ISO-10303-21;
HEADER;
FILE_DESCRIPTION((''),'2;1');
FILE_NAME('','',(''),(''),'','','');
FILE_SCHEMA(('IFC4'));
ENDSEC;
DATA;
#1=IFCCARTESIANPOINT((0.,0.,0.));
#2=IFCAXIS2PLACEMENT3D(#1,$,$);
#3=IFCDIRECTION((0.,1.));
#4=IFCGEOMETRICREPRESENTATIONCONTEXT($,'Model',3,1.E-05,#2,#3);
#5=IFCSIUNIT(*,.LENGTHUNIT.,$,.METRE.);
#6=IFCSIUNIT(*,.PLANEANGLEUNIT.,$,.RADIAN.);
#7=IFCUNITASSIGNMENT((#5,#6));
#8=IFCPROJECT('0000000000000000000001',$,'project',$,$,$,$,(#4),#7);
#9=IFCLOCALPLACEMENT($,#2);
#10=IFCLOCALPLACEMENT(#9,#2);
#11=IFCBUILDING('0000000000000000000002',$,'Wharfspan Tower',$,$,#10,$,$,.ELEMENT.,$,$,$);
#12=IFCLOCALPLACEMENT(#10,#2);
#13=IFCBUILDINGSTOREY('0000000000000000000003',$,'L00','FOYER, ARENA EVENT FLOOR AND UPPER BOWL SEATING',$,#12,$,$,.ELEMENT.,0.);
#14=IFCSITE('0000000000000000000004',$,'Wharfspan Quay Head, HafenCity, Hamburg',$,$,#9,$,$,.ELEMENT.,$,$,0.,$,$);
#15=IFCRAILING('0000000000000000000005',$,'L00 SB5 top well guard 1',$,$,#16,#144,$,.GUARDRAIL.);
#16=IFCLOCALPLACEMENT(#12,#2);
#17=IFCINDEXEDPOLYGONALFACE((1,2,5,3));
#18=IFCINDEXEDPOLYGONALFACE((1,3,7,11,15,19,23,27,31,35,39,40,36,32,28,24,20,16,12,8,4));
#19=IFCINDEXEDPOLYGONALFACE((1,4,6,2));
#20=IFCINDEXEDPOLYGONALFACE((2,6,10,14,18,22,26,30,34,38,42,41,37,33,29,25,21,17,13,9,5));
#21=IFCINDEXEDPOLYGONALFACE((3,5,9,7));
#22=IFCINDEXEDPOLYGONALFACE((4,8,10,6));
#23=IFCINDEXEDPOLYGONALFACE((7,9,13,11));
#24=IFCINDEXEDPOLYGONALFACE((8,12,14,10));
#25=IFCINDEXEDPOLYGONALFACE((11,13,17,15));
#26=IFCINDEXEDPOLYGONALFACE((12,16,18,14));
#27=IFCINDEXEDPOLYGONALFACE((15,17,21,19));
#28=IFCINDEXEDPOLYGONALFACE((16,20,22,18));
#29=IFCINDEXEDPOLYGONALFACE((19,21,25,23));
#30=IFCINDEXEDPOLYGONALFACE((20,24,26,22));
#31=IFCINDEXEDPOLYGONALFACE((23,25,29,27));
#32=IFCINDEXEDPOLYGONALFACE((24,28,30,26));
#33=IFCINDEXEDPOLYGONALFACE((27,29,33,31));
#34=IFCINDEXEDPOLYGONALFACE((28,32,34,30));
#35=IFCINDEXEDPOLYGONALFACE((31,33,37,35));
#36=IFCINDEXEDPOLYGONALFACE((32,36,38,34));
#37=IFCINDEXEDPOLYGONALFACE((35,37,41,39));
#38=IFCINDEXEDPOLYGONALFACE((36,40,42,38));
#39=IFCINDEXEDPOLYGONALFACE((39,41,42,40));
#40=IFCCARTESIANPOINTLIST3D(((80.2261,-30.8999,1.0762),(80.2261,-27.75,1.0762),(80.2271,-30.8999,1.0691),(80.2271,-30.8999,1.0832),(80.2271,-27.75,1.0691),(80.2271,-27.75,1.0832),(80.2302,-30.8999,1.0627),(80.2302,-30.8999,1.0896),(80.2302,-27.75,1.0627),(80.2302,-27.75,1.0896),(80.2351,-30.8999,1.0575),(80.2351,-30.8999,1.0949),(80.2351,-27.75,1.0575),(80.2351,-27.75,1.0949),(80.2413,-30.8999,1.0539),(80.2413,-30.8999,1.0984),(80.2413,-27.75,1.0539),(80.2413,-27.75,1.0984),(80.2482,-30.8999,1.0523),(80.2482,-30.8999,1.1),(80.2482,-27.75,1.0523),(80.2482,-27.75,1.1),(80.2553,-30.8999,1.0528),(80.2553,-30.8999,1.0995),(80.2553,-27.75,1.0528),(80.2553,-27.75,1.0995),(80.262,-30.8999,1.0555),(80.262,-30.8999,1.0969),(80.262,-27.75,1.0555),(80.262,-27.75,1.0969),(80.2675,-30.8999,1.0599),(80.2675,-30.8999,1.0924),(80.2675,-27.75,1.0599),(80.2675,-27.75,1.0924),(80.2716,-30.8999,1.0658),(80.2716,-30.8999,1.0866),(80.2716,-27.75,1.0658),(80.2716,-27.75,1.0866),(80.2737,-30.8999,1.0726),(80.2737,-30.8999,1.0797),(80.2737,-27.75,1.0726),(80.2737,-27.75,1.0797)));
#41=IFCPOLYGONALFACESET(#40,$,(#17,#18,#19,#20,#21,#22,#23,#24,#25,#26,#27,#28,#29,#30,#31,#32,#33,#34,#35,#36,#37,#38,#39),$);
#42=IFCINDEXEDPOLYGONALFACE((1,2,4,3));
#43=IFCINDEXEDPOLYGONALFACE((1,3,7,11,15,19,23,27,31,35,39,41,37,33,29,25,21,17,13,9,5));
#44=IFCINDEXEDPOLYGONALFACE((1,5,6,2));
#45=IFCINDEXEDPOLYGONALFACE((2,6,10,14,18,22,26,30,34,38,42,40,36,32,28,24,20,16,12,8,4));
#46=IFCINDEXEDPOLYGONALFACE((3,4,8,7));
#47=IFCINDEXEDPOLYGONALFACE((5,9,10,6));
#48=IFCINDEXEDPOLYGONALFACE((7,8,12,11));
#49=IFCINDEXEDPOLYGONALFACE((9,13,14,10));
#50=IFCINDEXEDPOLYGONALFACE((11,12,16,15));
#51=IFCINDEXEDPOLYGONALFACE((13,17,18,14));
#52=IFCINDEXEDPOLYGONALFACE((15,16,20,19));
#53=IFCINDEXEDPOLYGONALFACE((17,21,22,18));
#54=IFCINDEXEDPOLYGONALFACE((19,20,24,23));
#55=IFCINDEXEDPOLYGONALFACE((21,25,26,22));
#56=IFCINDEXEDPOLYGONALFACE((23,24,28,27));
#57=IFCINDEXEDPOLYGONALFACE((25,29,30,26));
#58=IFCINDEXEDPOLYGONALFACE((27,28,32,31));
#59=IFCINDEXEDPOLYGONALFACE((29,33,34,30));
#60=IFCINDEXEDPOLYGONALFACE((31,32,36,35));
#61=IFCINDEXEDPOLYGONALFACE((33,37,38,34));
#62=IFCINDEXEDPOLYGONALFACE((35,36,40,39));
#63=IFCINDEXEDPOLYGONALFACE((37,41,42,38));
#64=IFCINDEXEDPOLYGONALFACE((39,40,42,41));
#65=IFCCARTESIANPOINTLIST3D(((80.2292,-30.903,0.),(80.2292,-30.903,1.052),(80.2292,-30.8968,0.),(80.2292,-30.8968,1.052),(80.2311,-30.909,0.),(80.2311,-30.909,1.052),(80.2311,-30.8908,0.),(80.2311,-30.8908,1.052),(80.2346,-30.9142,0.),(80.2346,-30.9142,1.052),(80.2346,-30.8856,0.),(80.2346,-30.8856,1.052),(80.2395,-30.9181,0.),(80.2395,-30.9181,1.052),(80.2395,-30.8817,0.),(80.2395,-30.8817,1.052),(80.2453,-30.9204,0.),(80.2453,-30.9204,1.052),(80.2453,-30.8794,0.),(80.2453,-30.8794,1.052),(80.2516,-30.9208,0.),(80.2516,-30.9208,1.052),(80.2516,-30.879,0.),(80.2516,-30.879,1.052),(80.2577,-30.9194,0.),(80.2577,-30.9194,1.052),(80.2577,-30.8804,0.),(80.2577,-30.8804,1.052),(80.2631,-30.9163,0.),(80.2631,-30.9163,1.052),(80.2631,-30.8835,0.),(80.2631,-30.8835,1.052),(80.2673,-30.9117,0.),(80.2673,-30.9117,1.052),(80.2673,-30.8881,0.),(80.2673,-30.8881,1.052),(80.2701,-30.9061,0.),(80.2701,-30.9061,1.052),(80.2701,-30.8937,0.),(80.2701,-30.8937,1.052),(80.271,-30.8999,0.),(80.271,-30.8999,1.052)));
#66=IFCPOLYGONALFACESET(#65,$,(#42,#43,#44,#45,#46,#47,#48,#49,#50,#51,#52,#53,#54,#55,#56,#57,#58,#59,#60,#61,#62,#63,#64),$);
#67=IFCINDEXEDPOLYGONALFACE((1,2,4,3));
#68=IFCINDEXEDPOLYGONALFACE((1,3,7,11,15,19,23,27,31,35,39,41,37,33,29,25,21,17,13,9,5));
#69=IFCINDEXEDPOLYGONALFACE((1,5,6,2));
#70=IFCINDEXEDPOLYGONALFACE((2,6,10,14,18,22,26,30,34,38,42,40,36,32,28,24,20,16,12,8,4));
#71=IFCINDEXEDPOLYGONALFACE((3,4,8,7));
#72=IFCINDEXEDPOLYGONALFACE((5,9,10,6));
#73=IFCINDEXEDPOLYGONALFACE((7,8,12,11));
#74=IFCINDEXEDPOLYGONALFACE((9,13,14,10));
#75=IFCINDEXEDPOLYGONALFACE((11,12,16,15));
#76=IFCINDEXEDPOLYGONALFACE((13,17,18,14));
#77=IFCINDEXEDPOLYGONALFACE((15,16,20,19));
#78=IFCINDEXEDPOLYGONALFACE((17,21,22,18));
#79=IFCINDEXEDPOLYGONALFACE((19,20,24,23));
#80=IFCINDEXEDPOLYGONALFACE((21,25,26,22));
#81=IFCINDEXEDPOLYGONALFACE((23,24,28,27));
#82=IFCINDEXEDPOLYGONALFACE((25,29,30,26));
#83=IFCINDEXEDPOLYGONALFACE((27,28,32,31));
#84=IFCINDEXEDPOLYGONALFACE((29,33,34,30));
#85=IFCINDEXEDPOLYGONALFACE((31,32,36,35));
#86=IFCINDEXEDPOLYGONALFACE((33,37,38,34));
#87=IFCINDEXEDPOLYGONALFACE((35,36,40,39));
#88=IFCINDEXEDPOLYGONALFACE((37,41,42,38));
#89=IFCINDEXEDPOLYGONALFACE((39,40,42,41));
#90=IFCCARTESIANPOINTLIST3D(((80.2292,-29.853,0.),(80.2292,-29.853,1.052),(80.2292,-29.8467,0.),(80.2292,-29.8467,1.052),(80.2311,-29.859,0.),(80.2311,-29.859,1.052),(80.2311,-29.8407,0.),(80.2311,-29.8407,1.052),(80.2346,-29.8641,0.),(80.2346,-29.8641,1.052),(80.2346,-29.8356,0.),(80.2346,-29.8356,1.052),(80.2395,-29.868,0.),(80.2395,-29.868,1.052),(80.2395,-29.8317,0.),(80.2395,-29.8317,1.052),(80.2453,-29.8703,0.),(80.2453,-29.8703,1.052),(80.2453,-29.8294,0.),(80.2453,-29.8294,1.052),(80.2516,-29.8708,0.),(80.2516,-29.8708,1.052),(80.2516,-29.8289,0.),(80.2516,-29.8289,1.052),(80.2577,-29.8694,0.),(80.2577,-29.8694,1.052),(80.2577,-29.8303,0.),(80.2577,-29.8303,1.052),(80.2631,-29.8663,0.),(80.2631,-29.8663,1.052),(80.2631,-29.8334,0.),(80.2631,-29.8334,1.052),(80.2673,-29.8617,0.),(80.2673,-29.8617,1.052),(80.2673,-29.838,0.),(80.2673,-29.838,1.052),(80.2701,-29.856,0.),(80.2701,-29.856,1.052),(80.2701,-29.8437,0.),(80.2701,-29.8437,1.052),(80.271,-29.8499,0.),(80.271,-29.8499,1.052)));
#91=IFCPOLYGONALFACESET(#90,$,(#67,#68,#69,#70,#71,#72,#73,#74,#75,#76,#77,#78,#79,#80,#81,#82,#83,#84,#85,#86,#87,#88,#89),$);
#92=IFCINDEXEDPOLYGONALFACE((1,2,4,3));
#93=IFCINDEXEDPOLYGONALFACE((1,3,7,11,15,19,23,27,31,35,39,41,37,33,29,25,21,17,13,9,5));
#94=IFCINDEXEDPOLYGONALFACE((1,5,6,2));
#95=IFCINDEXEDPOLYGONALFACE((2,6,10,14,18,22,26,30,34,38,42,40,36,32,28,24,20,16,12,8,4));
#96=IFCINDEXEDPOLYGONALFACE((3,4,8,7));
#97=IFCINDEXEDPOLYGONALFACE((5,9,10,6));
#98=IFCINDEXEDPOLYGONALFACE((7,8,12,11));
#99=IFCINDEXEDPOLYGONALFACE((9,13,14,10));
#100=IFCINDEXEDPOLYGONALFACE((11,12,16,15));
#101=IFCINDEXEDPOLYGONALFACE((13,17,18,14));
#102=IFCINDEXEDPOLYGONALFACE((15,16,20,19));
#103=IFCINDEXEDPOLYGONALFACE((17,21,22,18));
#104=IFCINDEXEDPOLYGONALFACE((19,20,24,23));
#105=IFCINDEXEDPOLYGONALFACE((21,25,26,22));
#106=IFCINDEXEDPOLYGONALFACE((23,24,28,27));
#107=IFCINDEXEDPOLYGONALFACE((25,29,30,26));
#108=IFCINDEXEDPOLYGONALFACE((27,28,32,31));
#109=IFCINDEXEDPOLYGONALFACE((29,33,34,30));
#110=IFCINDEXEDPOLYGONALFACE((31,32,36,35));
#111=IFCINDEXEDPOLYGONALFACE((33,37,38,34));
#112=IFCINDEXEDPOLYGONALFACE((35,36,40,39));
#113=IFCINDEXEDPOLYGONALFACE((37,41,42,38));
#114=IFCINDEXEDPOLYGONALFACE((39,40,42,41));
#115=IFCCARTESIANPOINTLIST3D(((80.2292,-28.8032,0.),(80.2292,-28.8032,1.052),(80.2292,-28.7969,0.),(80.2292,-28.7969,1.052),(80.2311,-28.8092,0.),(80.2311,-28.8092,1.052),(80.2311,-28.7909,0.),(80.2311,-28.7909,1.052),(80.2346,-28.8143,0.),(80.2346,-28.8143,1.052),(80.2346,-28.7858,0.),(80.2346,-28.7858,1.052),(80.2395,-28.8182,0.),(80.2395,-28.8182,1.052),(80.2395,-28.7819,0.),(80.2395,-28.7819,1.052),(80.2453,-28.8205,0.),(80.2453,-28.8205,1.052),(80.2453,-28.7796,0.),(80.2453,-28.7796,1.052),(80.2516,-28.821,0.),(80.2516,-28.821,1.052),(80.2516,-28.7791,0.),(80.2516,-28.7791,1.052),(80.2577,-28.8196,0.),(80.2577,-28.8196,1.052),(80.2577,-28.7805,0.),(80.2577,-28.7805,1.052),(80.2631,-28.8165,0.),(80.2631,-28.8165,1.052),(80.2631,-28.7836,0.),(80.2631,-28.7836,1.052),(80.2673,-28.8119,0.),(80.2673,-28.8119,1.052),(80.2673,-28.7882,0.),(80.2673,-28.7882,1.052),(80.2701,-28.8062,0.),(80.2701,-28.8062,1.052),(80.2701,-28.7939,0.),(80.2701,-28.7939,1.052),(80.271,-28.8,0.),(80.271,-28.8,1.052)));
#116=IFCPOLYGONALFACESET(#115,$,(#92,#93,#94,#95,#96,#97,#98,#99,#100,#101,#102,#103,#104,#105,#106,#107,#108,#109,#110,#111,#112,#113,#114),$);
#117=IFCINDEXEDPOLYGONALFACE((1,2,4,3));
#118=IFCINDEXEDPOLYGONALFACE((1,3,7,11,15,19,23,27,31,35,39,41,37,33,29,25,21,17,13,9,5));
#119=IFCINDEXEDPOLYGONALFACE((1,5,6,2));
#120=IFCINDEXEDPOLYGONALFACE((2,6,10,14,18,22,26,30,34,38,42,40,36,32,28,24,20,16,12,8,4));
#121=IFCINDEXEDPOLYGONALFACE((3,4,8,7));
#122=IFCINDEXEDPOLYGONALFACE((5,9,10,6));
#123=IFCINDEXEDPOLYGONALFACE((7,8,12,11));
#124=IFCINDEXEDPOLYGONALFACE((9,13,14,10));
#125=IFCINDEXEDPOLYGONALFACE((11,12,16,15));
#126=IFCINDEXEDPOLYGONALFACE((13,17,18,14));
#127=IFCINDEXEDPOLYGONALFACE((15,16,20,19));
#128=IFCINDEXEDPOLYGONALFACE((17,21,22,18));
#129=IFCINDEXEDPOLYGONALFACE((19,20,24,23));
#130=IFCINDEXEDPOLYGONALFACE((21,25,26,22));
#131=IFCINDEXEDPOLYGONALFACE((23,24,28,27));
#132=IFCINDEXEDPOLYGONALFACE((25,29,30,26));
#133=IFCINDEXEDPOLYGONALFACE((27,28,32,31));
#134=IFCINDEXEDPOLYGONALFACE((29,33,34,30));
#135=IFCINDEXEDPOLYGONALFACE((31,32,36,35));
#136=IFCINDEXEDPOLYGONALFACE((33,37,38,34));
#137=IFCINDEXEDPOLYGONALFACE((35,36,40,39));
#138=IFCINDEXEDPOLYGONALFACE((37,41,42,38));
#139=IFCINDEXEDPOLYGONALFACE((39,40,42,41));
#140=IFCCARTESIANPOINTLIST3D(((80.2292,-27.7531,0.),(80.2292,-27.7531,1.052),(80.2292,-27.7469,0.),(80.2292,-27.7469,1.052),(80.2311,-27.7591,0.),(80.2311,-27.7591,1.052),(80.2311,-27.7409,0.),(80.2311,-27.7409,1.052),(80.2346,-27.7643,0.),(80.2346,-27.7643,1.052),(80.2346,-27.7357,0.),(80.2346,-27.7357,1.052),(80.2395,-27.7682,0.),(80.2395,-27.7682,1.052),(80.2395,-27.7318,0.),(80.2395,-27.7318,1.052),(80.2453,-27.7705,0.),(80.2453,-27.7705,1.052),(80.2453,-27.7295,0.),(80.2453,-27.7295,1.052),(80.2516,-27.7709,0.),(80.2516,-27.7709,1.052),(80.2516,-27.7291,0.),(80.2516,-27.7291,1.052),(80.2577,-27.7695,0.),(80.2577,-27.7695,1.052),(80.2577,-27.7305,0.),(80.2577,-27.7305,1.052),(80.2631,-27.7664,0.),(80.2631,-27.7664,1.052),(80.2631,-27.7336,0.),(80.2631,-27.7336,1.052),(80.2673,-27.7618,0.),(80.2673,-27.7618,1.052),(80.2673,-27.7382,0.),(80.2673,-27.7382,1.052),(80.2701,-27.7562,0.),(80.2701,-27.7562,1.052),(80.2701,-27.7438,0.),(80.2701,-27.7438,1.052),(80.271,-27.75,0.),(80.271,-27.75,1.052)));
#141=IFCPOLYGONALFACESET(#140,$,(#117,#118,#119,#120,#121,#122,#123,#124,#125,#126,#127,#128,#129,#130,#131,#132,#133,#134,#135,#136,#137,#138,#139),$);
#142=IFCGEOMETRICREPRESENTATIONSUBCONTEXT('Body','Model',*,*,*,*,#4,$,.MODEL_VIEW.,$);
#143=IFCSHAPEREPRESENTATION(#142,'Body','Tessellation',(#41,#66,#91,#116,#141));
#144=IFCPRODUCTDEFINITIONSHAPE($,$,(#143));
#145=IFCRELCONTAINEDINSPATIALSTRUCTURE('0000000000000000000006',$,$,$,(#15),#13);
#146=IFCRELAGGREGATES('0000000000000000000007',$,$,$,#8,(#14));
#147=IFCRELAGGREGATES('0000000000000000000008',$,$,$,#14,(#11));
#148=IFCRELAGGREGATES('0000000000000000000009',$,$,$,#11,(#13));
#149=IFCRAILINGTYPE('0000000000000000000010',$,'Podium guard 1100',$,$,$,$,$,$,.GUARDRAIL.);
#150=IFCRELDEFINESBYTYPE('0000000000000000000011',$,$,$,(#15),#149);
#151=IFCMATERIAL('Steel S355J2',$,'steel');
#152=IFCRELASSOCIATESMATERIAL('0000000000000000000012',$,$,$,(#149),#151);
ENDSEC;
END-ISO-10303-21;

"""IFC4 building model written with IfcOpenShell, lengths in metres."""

from ifc_helpers import new_model, si_unit, direction, frame, origin, origin_2d, place, context, subcontext, project, spatial, circle, extrude, material, type_object, element, save


model = new_model("IFC4")

# Units and contexts
model_context = context("Model", 3, precision=1e-05, world=origin(), true_north=direction((0.0, 1.0)))
body_context = subcontext(model_context, "Body", "Model", "MODEL_VIEW")
ifc_project = project(units=[si_unit("LENGTHUNIT", "METRE"), si_unit("PLANEANGLEUNIT", "RADIAN")], contexts=[model_context])

# Site, building, storey
site_placement = place(None, origin())
site = spatial("IfcSite", under=ifc_project, at=site_placement, Name="Wharfspan Quay Head, HafenCity, Hamburg", CompositionType="ELEMENT", RefElevation=0.0)
building_placement = place(site_placement, origin())
building = spatial("IfcBuilding", under=site, at=building_placement, Name="Wharfspan Tower", CompositionType="ELEMENT")
storey_placement = place(building_placement, origin())
storey = spatial("IfcBuildingStorey", under=building, at=storey_placement, Name="L00", Description="FOYER, ARENA EVENT FLOOR AND UPPER BOWL SEATING", CompositionType="ELEMENT", Elevation=0.0)

# Railing
ifc_material_1 = material(Name="Steel S355J2", Category="steel")
railing_type_1 = type_object("IfcRailingType", Name="Podium guard 1100", PredefinedType="GUARDRAIL", material=ifc_material_1)
railing_1_placement = place(storey_placement, frame((80.25, -30.8999, 0.0)))
element("IfcRailing", 1, at=railing_1_placement, inside=storey, type_object=railing_type_1, Name="L00 SB5 top well guard 1", PredefinedType="GUARDRAIL", context=body_context, shape_type="SweptSolid", body=[
    extrude(circle(Radius=0.0239, at=origin_2d()), frame((0.0, 0.0, 1.0762), z_axis=(0.0, 1.0, 0.0), x_axis=(-1.0, 0.0, 0.0)), (0.0, 0.0, 1.0), 3.1499),
    extrude(circle(Radius=0.021, at=origin_2d()), origin(), (0.0, 0.0, 1.0), 1.052),
    extrude(circle(Radius=0.021, at=origin_2d()), frame((0.0, 1.05, 0.0)), (0.0, 0.0, 1.0), 1.052),
    extrude(circle(Radius=0.021, at=origin_2d()), frame((0.0, 2.0999, 0.0)), (0.0, 0.0, 1.0), 1.052),
    extrude(circle(Radius=0.021, at=origin_2d()), frame((0.0, 3.1499, 0.0)), (0.0, 0.0, 1.0), 1.052),
])

save(model, "model.ifc")
